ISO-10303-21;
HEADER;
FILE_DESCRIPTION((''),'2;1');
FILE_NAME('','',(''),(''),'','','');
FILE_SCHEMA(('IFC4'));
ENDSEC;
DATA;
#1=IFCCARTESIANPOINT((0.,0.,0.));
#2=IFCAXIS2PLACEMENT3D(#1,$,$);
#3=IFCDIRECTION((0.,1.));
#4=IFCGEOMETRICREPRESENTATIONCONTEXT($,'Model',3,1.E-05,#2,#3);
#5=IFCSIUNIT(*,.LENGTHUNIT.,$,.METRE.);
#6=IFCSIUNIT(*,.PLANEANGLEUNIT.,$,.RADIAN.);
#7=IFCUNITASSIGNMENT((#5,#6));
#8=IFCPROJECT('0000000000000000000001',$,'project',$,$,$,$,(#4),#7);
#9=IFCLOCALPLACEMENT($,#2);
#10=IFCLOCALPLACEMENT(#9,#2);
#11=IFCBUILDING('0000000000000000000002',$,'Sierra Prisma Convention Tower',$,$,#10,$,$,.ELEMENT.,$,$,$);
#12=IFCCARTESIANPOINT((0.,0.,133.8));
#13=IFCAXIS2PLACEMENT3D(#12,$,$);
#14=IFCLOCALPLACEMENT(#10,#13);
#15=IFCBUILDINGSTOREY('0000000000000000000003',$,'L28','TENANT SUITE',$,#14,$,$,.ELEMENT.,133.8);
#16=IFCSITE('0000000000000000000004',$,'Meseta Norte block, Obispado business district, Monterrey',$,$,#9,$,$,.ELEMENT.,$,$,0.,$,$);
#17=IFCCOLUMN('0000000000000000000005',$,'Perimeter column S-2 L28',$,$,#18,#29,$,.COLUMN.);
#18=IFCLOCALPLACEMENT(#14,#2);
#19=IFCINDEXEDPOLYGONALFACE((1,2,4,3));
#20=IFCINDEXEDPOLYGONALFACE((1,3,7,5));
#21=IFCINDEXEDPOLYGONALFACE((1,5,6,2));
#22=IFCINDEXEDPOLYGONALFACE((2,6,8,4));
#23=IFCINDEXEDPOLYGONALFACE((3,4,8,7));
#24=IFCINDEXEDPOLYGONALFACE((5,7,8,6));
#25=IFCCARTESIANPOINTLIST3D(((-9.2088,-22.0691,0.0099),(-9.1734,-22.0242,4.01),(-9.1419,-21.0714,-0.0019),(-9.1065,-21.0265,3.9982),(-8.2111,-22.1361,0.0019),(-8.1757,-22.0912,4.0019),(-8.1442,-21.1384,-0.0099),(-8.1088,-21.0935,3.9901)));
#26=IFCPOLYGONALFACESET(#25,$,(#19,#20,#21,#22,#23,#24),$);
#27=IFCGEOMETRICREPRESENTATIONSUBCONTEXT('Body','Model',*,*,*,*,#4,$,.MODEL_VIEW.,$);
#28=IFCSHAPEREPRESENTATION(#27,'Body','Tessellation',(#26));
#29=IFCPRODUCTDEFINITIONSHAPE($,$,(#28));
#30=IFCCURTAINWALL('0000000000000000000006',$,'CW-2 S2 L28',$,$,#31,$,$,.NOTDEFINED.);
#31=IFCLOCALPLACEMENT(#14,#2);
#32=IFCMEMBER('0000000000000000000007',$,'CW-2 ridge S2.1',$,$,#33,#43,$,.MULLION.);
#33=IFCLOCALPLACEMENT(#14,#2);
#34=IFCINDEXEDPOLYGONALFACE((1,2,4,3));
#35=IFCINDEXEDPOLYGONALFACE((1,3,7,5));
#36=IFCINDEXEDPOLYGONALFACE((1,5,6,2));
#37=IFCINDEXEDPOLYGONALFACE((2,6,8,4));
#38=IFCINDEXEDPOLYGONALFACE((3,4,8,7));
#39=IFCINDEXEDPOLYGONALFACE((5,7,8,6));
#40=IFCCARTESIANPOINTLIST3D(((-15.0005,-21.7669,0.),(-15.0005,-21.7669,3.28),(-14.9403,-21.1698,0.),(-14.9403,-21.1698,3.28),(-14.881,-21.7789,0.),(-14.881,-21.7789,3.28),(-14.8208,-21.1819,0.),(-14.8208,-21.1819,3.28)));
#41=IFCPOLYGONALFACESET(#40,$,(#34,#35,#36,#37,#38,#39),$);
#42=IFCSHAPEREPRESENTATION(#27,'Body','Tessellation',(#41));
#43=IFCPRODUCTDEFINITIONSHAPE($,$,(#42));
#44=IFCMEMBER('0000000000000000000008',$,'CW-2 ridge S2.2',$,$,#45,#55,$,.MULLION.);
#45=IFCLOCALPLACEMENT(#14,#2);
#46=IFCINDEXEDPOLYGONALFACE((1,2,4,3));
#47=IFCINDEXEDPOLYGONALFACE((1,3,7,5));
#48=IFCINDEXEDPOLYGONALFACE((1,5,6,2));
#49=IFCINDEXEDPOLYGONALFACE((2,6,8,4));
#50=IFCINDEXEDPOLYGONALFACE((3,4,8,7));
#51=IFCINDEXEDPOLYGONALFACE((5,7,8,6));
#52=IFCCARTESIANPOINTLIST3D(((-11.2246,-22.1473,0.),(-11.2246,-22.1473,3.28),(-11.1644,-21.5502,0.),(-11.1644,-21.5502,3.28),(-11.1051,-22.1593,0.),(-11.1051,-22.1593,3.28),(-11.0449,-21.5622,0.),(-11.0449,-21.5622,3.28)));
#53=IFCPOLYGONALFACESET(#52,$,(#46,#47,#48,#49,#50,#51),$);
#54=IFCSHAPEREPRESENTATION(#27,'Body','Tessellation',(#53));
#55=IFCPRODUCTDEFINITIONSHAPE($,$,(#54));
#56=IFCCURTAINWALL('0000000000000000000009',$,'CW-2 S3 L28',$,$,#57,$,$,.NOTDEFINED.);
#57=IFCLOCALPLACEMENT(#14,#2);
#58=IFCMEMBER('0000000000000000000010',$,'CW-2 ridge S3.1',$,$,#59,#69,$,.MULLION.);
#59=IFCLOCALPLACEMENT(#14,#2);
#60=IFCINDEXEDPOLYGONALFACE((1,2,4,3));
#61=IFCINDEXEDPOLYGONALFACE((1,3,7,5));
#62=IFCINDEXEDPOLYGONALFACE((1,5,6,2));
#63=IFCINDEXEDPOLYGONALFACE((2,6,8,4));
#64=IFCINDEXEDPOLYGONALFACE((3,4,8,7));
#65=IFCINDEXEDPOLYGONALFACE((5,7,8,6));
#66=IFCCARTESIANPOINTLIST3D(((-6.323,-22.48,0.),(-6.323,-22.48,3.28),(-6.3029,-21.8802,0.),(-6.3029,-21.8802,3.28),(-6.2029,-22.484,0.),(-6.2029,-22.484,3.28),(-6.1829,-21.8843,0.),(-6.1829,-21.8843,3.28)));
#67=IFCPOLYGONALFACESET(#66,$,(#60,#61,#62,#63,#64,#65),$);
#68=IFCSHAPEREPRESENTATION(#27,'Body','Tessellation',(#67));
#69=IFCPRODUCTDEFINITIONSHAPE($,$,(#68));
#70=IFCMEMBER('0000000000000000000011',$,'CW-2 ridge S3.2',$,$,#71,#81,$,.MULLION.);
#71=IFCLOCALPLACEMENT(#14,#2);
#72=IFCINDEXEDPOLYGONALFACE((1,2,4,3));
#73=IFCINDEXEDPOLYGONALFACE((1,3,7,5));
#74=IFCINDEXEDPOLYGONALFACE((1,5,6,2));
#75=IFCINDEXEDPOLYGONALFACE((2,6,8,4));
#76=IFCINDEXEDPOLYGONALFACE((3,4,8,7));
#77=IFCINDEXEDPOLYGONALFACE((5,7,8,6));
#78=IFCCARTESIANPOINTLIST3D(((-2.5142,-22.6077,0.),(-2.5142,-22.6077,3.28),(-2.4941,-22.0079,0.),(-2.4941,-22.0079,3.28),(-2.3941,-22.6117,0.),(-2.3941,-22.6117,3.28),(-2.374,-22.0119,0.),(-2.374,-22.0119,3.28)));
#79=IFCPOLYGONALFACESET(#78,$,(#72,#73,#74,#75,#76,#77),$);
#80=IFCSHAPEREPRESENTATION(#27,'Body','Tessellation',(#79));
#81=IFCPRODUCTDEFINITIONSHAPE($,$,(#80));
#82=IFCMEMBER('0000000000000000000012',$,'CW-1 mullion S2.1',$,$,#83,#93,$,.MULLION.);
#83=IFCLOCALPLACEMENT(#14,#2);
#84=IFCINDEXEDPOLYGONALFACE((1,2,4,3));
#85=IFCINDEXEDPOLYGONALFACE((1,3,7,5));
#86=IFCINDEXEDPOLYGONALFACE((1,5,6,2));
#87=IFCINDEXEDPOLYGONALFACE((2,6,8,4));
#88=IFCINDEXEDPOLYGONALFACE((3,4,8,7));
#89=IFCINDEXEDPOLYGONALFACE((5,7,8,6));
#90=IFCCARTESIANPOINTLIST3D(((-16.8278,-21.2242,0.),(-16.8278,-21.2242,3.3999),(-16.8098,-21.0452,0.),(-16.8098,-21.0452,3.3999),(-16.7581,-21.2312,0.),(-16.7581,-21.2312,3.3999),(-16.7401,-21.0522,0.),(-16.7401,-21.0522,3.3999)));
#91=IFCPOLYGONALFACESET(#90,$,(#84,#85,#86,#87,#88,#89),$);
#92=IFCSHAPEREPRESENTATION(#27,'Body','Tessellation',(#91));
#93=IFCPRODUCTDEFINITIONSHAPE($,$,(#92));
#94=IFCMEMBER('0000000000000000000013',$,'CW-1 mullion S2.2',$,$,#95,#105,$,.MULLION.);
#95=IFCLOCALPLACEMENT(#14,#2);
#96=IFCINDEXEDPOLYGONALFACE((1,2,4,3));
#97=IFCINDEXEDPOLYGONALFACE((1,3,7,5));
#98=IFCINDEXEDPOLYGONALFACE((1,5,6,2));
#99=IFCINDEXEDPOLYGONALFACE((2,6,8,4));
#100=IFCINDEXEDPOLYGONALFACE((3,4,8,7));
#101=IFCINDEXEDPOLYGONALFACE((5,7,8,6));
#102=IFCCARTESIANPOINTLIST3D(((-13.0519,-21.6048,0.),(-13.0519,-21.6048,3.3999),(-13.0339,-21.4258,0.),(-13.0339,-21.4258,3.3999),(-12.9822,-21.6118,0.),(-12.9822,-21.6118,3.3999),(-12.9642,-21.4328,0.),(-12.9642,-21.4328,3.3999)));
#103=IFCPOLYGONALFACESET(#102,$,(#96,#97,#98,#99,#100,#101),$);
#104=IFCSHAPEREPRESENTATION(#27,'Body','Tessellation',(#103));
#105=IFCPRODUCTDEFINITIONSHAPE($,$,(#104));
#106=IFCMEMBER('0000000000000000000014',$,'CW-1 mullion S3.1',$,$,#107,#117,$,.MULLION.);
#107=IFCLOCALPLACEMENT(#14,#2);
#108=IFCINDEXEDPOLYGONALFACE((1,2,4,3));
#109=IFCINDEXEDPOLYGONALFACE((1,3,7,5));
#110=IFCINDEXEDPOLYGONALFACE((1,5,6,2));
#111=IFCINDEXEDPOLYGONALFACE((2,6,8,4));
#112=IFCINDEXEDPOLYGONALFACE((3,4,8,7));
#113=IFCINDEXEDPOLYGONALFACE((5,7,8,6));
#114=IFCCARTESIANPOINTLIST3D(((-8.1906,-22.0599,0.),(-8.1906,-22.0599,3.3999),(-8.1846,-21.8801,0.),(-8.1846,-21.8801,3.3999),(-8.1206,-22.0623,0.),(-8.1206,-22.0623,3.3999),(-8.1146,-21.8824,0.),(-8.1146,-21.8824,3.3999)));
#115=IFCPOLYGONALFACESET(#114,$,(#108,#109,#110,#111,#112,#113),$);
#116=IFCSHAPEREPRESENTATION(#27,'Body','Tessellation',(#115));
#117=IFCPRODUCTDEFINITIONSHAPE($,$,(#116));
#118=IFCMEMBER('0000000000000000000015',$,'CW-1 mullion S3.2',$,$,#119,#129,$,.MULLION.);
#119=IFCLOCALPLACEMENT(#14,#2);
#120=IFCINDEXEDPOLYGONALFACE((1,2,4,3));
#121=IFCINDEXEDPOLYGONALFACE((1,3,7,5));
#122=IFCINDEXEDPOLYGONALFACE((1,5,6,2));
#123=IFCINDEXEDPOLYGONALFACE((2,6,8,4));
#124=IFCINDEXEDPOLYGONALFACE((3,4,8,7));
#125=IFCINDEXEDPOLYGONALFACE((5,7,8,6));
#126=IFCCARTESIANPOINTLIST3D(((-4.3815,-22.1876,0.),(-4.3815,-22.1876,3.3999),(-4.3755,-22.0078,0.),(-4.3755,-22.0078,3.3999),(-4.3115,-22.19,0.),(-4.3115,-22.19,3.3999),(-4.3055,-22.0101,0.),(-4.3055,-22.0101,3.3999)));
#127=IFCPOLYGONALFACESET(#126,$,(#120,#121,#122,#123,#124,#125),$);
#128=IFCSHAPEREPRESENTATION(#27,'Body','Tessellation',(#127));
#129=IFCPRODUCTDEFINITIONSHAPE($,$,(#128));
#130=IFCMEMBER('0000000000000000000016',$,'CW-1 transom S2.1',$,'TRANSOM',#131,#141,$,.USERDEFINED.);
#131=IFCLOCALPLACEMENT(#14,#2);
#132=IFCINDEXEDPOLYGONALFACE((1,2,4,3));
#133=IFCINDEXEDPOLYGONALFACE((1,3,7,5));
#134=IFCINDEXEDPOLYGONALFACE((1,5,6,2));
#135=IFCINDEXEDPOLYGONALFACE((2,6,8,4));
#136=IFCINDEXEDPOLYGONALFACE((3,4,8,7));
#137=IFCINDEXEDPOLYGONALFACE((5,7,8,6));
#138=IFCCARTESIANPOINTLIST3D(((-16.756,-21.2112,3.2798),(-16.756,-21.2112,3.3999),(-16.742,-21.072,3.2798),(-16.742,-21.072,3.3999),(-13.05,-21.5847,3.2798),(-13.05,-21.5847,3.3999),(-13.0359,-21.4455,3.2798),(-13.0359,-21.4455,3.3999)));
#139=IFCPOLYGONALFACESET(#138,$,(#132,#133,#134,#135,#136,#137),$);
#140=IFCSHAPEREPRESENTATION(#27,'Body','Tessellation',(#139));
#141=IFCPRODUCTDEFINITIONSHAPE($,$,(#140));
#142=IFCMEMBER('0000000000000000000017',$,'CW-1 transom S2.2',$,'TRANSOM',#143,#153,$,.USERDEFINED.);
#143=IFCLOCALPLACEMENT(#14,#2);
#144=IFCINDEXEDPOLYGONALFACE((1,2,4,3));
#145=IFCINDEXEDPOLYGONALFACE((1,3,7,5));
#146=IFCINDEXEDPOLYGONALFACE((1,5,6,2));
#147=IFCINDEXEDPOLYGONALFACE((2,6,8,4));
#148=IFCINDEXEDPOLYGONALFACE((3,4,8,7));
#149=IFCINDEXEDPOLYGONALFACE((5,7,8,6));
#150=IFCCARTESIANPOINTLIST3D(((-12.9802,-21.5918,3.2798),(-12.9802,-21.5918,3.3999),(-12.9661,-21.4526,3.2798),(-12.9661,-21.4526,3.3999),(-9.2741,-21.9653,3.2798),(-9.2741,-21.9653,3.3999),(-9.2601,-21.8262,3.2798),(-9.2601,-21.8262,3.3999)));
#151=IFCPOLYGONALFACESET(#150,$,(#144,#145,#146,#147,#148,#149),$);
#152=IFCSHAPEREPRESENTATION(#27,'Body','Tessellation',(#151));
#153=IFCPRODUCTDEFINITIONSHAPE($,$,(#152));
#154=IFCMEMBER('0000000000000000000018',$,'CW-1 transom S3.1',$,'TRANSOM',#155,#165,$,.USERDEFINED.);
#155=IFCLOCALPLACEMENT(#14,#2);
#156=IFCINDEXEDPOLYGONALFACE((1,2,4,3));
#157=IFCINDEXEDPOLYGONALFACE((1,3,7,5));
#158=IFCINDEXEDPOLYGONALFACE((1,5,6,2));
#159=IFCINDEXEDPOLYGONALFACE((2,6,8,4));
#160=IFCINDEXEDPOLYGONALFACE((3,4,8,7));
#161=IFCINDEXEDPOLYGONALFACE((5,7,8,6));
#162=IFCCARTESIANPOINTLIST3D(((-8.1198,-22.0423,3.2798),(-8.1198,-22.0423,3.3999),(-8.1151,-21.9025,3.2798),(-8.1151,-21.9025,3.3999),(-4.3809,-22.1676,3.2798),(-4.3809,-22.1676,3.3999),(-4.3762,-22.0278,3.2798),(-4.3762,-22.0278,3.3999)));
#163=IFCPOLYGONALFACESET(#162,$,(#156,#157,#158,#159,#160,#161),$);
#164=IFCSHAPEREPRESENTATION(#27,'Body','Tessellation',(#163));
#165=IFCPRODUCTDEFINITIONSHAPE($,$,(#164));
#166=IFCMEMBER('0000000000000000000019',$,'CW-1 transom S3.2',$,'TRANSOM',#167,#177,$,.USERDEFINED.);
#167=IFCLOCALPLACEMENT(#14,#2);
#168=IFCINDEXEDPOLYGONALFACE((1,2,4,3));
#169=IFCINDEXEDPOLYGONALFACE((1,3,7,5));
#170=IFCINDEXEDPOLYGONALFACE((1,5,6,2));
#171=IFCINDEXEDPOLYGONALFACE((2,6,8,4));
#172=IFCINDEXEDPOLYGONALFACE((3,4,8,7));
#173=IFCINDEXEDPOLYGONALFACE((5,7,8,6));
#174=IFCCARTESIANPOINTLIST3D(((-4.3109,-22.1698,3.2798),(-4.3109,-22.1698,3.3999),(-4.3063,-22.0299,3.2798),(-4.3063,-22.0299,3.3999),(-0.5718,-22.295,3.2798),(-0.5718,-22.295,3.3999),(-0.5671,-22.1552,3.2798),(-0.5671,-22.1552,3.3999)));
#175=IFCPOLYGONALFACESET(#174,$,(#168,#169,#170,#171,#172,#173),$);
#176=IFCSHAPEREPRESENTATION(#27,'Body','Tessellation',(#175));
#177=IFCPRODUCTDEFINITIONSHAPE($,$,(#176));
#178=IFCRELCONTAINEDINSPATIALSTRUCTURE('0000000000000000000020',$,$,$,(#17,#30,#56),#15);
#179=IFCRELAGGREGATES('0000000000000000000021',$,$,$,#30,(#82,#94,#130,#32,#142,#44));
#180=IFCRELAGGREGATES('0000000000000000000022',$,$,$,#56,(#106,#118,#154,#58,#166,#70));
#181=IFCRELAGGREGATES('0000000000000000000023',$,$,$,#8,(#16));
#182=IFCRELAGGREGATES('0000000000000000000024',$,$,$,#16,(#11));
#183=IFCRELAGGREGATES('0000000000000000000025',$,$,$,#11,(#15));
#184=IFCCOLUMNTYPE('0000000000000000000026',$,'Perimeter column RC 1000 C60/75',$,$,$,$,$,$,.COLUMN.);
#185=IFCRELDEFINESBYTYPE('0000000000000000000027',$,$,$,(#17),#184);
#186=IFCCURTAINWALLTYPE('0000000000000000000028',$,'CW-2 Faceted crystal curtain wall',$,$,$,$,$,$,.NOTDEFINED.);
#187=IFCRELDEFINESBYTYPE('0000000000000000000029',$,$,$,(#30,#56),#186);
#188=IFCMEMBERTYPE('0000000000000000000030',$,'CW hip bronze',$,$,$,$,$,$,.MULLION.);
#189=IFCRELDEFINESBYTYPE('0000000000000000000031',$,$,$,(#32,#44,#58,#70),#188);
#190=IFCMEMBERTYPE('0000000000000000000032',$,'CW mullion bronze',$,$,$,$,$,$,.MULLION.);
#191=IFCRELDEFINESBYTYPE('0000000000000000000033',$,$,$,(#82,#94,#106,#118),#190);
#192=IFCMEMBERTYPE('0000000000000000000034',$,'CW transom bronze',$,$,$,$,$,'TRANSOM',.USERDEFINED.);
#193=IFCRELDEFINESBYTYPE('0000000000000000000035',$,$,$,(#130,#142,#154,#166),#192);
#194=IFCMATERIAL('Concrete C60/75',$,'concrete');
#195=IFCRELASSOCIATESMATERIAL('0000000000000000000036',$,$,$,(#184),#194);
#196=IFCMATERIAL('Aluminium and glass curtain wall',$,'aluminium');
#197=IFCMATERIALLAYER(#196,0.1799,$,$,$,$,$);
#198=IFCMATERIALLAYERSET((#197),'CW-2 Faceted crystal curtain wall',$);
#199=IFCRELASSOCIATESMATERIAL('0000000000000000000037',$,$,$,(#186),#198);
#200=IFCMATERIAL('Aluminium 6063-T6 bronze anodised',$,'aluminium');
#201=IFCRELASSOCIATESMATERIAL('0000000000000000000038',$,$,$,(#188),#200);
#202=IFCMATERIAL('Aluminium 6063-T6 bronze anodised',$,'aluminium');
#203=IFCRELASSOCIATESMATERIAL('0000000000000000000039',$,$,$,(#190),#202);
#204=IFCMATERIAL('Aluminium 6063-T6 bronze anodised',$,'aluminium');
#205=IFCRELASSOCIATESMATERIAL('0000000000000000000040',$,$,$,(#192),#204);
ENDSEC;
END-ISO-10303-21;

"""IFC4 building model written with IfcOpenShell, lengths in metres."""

from ifc_helpers import new_model, si_unit, direction, frame, origin, origin_2d, place, context, subcontext, project, spatial, rectangle, extrude, material, layer, layer_set, material_profile, profile_set, type_object, element, aggregate, save


model = new_model("IFC4")

# Units and contexts
model_context = context("Model", 3, precision=1e-05, world=origin(), true_north=direction((0.0, 1.0)))
body_context = subcontext(model_context, "Body", "Model", "MODEL_VIEW")
ifc_project = project(units=[si_unit("LENGTHUNIT", "METRE"), si_unit("PLANEANGLEUNIT", "RADIAN")], contexts=[model_context])

# Site, building, storey
site_placement = place(None, origin())
site = spatial("IfcSite", under=ifc_project, at=site_placement, Name="Meseta Norte block, Obispado business district, Monterrey", CompositionType="ELEMENT", RefElevation=0.0)
building_placement = place(site_placement, origin())
building = spatial("IfcBuilding", under=site, at=building_placement, Name="Sierra Prisma Convention Tower", CompositionType="ELEMENT")
storey_placement = place(building_placement, frame((0.0, 0.0, 133.8)))
storey = spatial("IfcBuildingStorey", under=building, at=storey_placement, Name="L28", Description="TENANT SUITE", CompositionType="ELEMENT", Elevation=133.8)

# Column
ifc_material_1 = material(Name="Concrete C60/75", Category="concrete")
ifc_material_profile_1 = material_profile(ifc_material_1, rectangle(XDim=1.0, YDim=1.0, at=origin_2d()), Name="Perimeter column RC 1000 C60/75")
ifc_profile_set_1 = profile_set([ifc_material_profile_1], Name="Concrete C60/75")
column_type = type_object("IfcColumnType", Name="Perimeter column RC 1000 C60/75", PredefinedType="COLUMN", material=ifc_profile_set_1)
column_placement = place(storey_placement, frame((-8.6765, -21.6038, 0.0), z_axis=(0.008849, 0.011229, 0.999898), x_axis=(-0.99772, 0.06701, 0.008077)))
element("IfcColumn", 1, at=column_placement, inside=storey, type_object=column_type, Name="Perimeter column S-2 L28", PredefinedType="COLUMN", context=body_context, shape_type="SweptSolid", body=[
    extrude(rectangle(XDim=1.0, YDim=1.0, at=origin_2d()), origin(), (0.0, 0.0, 1.0), 4.0005),
])

# Curtain walls, members
ifc_material_2 = material(Name="Aluminium and glass curtain wall", Category="aluminium")
ifc_layer_1 = layer(ifc_material_2, 0.1799)
ifc_layer_set_1 = layer_set([ifc_layer_1], Name="CW-2 Faceted crystal curtain wall")
curtain_wall_type = type_object("IfcCurtainWallType", Name="CW-2 Faceted crystal curtain wall", PredefinedType="NOTDEFINED", material=ifc_layer_set_1)
curtain_wall_1_placement = place(storey_placement, origin())
curtain_wall_1 = element("IfcCurtainWall", 2, at=curtain_wall_1_placement, inside=storey, type_object=curtain_wall_type, Name="CW-2 S2 L28", PredefinedType="NOTDEFINED")
ifc_material_3 = material(Name="Aluminium 6063-T6 bronze anodised", Category="aluminium")
ifc_material_profile_2 = material_profile(ifc_material_3, rectangle(XDim=0.1201, YDim=0.6001, at=origin_2d()), Name="ALU RIDGE BLADE 120x600")
ifc_profile_set_2 = profile_set([ifc_material_profile_2], Name="Aluminium 6063-T6 bronze anodised")
member_type_1 = type_object("IfcMemberType", Name="CW hip bronze", PredefinedType="MULLION", material=ifc_profile_set_2)
member_1_placement = place(storey_placement, frame((-14.9106, -21.4744, 0.0), z_axis=(0.0, 0.0, 1.0), x_axis=(0.994959, -0.100279, 0.0)))
member_1 = element("IfcMember", 3, at=member_1_placement, type_object=member_type_1, Name="CW-2 ridge S2.1", PredefinedType="MULLION", context=body_context, shape_type="SweptSolid", body=[
    extrude(rectangle(XDim=0.1201, YDim=0.6001, at=origin_2d()), origin(), (0.0, 0.0, 1.0), 3.28),
])
member_2_placement = place(storey_placement, frame((-11.1348, -21.8547, 0.0), z_axis=(0.0, 0.0, 1.0), x_axis=(0.994959, -0.100279, 0.0)))
member_2 = element("IfcMember", 4, at=member_2_placement, type_object=member_type_1, Name="CW-2 ridge S2.2", PredefinedType="MULLION", context=body_context, shape_type="SweptSolid", body=[
    extrude(rectangle(XDim=0.1201, YDim=0.6001, at=origin_2d()), origin(), (0.0, 0.0, 1.0), 3.28),
])
curtain_wall_2_placement = place(storey_placement, origin())
curtain_wall_2 = element("IfcCurtainWall", 5, at=curtain_wall_2_placement, inside=storey, type_object=curtain_wall_type, Name="CW-2 S3 L28", PredefinedType="NOTDEFINED")
member_3_placement = place(storey_placement, frame((-6.2529, -22.1821, 0.0), z_axis=(0.0, 0.0, 1.0), x_axis=(0.99944, -0.033476, 0.0)))
member_3 = element("IfcMember", 6, at=member_3_placement, type_object=member_type_1, Name="CW-2 ridge S3.1", PredefinedType="MULLION", context=body_context, shape_type="SweptSolid", body=[
    extrude(rectangle(XDim=0.1201, YDim=0.6001, at=origin_2d()), origin(), (0.0, 0.0, 1.0), 3.28),
])
member_4_placement = place(storey_placement, frame((-2.4441, -22.3098, 0.0), z_axis=(0.0, 0.0, 1.0), x_axis=(0.99944, -0.033476, 0.0)))
member_4 = element("IfcMember", 7, at=member_4_placement, type_object=member_type_1, Name="CW-2 ridge S3.2", PredefinedType="MULLION", context=body_context, shape_type="SweptSolid", body=[
    extrude(rectangle(XDim=0.1201, YDim=0.6001, at=origin_2d()), origin(), (0.0, 0.0, 1.0), 3.28),
])

# Members
ifc_material_4 = material(Name="Aluminium 6063-T6 bronze anodised", Category="aluminium")
ifc_material_profile_3 = material_profile(ifc_material_4, rectangle(XDim=0.1799, YDim=0.0701, at=origin_2d()), Name="ALU MULLION 70x180")
ifc_profile_set_3 = profile_set([ifc_material_profile_3], Name="Aluminium 6063-T6 bronze anodised")
member_type_2 = type_object("IfcMemberType", Name="CW mullion bronze", PredefinedType="MULLION", material=ifc_profile_set_3)
member_5_placement = place(storey_placement, frame((-16.7839, -21.1382, 0.0), z_axis=(0.0, 0.0, 1.0), x_axis=(0.100279, 0.994959, 0.0)))
member_5 = element("IfcMember", 8, at=member_5_placement, type_object=member_type_2, Name="CW-1 mullion S2.1", PredefinedType="MULLION", context=body_context, shape_type="SweptSolid", body=[
    extrude(rectangle(XDim=0.1799, YDim=0.0701, at=origin_2d()), origin(), (0.0, 0.0, 1.0), 3.3999),
])
member_6_placement = place(storey_placement, frame((-13.0081, -21.5188, 0.0), z_axis=(0.0, 0.0, 1.0), x_axis=(0.100279, 0.994959, 0.0)))
member_6 = element("IfcMember", 9, at=member_6_placement, type_object=member_type_2, Name="CW-1 mullion S2.2", PredefinedType="MULLION", context=body_context, shape_type="SweptSolid", body=[
    extrude(rectangle(XDim=0.1799, YDim=0.0701, at=origin_2d()), origin(), (0.0, 0.0, 1.0), 3.3999),
])
member_7_placement = place(storey_placement, frame((-8.1526, -21.9712, 0.0), z_axis=(0.0, 0.0, 1.0), x_axis=(0.033476, 0.99944, 0.0)))
member_7 = element("IfcMember", 10, at=member_7_placement, type_object=member_type_2, Name="CW-1 mullion S3.1", PredefinedType="MULLION", context=body_context, shape_type="SweptSolid", body=[
    extrude(rectangle(XDim=0.1799, YDim=0.0701, at=origin_2d()), origin(), (0.0, 0.0, 1.0), 3.3999),
])
member_8_placement = place(storey_placement, frame((-4.3435, -22.0989, 0.0), z_axis=(0.0, 0.0, 1.0), x_axis=(0.033476, 0.99944, 0.0)))
member_8 = element("IfcMember", 11, at=member_8_placement, type_object=member_type_2, Name="CW-1 mullion S3.2", PredefinedType="MULLION", context=body_context, shape_type="SweptSolid", body=[
    extrude(rectangle(XDim=0.1799, YDim=0.0701, at=origin_2d()), origin(), (0.0, 0.0, 1.0), 3.3999),
])
ifc_material_5 = material(Name="Aluminium 6063-T6 bronze anodised", Category="aluminium")
ifc_material_profile_4 = material_profile(ifc_material_5, rectangle(XDim=0.1399, YDim=0.1201, at=origin_2d()), Name="ALU TRANSOM 120x140")
ifc_profile_set_4 = profile_set([ifc_material_profile_4], Name="Aluminium 6063-T6 bronze anodised")
member_type_3 = type_object("IfcMemberType", Name="CW transom bronze", ElementType="TRANSOM", PredefinedType="USERDEFINED", material=ifc_profile_set_4)
member_9_placement = place(storey_placement, frame((-16.749, -21.1416, 3.3398), z_axis=(0.994959, -0.100282, 0.0), x_axis=(0.100282, 0.994959, 0.0)))
member_9 = element("IfcMember", 12, at=member_9_placement, type_object=member_type_3, Name="CW-1 transom S2.1", ObjectType="TRANSOM", PredefinedType="USERDEFINED", context=body_context, shape_type="SweptSolid", body=[
    extrude(rectangle(XDim=0.1399, YDim=0.1201, at=origin_2d()), origin(), (0.0, 0.0, 1.0), 3.7249),
])
member_10_placement = place(storey_placement, frame((-12.9731, -21.5222, 3.3398), z_axis=(0.994959, -0.100282, 0.0), x_axis=(0.100282, 0.994959, 0.0)))
member_10 = element("IfcMember", 13, at=member_10_placement, type_object=member_type_3, Name="CW-1 transom S2.2", ObjectType="TRANSOM", PredefinedType="USERDEFINED", context=body_context, shape_type="SweptSolid", body=[
    extrude(rectangle(XDim=0.1399, YDim=0.1201, at=origin_2d()), origin(), (0.0, 0.0, 1.0), 3.7249),
])
member_11_placement = place(storey_placement, frame((-8.1174, -21.9724, 3.3398), z_axis=(0.999439, -0.03348, 0.0), x_axis=(0.03348, 0.999439, 0.0)))
member_11 = element("IfcMember", 14, at=member_11_placement, type_object=member_type_3, Name="CW-1 transom S3.1", ObjectType="TRANSOM", PredefinedType="USERDEFINED", context=body_context, shape_type="SweptSolid", body=[
    extrude(rectangle(XDim=0.1399, YDim=0.1201, at=origin_2d()), origin(), (0.0, 0.0, 1.0), 3.741),
])
member_12_placement = place(storey_placement, frame((-4.3086, -22.0999, 3.3398), z_axis=(0.999439, -0.033478, 0.0), x_axis=(0.033478, 0.999439, 0.0)))
member_12 = element("IfcMember", 15, at=member_12_placement, type_object=member_type_3, Name="CW-1 transom S3.2", ObjectType="TRANSOM", PredefinedType="USERDEFINED", context=body_context, shape_type="SweptSolid", body=[
    extrude(rectangle(XDim=0.1399, YDim=0.1201, at=origin_2d()), origin(), (0.0, 0.0, 1.0), 3.7412),
])

aggregate(curtain_wall_1, [member_5, member_6, member_9, member_1, member_10, member_2])
aggregate(curtain_wall_2, [member_7, member_8, member_11, member_3, member_12, member_4])

save(model, "model.ifc")
